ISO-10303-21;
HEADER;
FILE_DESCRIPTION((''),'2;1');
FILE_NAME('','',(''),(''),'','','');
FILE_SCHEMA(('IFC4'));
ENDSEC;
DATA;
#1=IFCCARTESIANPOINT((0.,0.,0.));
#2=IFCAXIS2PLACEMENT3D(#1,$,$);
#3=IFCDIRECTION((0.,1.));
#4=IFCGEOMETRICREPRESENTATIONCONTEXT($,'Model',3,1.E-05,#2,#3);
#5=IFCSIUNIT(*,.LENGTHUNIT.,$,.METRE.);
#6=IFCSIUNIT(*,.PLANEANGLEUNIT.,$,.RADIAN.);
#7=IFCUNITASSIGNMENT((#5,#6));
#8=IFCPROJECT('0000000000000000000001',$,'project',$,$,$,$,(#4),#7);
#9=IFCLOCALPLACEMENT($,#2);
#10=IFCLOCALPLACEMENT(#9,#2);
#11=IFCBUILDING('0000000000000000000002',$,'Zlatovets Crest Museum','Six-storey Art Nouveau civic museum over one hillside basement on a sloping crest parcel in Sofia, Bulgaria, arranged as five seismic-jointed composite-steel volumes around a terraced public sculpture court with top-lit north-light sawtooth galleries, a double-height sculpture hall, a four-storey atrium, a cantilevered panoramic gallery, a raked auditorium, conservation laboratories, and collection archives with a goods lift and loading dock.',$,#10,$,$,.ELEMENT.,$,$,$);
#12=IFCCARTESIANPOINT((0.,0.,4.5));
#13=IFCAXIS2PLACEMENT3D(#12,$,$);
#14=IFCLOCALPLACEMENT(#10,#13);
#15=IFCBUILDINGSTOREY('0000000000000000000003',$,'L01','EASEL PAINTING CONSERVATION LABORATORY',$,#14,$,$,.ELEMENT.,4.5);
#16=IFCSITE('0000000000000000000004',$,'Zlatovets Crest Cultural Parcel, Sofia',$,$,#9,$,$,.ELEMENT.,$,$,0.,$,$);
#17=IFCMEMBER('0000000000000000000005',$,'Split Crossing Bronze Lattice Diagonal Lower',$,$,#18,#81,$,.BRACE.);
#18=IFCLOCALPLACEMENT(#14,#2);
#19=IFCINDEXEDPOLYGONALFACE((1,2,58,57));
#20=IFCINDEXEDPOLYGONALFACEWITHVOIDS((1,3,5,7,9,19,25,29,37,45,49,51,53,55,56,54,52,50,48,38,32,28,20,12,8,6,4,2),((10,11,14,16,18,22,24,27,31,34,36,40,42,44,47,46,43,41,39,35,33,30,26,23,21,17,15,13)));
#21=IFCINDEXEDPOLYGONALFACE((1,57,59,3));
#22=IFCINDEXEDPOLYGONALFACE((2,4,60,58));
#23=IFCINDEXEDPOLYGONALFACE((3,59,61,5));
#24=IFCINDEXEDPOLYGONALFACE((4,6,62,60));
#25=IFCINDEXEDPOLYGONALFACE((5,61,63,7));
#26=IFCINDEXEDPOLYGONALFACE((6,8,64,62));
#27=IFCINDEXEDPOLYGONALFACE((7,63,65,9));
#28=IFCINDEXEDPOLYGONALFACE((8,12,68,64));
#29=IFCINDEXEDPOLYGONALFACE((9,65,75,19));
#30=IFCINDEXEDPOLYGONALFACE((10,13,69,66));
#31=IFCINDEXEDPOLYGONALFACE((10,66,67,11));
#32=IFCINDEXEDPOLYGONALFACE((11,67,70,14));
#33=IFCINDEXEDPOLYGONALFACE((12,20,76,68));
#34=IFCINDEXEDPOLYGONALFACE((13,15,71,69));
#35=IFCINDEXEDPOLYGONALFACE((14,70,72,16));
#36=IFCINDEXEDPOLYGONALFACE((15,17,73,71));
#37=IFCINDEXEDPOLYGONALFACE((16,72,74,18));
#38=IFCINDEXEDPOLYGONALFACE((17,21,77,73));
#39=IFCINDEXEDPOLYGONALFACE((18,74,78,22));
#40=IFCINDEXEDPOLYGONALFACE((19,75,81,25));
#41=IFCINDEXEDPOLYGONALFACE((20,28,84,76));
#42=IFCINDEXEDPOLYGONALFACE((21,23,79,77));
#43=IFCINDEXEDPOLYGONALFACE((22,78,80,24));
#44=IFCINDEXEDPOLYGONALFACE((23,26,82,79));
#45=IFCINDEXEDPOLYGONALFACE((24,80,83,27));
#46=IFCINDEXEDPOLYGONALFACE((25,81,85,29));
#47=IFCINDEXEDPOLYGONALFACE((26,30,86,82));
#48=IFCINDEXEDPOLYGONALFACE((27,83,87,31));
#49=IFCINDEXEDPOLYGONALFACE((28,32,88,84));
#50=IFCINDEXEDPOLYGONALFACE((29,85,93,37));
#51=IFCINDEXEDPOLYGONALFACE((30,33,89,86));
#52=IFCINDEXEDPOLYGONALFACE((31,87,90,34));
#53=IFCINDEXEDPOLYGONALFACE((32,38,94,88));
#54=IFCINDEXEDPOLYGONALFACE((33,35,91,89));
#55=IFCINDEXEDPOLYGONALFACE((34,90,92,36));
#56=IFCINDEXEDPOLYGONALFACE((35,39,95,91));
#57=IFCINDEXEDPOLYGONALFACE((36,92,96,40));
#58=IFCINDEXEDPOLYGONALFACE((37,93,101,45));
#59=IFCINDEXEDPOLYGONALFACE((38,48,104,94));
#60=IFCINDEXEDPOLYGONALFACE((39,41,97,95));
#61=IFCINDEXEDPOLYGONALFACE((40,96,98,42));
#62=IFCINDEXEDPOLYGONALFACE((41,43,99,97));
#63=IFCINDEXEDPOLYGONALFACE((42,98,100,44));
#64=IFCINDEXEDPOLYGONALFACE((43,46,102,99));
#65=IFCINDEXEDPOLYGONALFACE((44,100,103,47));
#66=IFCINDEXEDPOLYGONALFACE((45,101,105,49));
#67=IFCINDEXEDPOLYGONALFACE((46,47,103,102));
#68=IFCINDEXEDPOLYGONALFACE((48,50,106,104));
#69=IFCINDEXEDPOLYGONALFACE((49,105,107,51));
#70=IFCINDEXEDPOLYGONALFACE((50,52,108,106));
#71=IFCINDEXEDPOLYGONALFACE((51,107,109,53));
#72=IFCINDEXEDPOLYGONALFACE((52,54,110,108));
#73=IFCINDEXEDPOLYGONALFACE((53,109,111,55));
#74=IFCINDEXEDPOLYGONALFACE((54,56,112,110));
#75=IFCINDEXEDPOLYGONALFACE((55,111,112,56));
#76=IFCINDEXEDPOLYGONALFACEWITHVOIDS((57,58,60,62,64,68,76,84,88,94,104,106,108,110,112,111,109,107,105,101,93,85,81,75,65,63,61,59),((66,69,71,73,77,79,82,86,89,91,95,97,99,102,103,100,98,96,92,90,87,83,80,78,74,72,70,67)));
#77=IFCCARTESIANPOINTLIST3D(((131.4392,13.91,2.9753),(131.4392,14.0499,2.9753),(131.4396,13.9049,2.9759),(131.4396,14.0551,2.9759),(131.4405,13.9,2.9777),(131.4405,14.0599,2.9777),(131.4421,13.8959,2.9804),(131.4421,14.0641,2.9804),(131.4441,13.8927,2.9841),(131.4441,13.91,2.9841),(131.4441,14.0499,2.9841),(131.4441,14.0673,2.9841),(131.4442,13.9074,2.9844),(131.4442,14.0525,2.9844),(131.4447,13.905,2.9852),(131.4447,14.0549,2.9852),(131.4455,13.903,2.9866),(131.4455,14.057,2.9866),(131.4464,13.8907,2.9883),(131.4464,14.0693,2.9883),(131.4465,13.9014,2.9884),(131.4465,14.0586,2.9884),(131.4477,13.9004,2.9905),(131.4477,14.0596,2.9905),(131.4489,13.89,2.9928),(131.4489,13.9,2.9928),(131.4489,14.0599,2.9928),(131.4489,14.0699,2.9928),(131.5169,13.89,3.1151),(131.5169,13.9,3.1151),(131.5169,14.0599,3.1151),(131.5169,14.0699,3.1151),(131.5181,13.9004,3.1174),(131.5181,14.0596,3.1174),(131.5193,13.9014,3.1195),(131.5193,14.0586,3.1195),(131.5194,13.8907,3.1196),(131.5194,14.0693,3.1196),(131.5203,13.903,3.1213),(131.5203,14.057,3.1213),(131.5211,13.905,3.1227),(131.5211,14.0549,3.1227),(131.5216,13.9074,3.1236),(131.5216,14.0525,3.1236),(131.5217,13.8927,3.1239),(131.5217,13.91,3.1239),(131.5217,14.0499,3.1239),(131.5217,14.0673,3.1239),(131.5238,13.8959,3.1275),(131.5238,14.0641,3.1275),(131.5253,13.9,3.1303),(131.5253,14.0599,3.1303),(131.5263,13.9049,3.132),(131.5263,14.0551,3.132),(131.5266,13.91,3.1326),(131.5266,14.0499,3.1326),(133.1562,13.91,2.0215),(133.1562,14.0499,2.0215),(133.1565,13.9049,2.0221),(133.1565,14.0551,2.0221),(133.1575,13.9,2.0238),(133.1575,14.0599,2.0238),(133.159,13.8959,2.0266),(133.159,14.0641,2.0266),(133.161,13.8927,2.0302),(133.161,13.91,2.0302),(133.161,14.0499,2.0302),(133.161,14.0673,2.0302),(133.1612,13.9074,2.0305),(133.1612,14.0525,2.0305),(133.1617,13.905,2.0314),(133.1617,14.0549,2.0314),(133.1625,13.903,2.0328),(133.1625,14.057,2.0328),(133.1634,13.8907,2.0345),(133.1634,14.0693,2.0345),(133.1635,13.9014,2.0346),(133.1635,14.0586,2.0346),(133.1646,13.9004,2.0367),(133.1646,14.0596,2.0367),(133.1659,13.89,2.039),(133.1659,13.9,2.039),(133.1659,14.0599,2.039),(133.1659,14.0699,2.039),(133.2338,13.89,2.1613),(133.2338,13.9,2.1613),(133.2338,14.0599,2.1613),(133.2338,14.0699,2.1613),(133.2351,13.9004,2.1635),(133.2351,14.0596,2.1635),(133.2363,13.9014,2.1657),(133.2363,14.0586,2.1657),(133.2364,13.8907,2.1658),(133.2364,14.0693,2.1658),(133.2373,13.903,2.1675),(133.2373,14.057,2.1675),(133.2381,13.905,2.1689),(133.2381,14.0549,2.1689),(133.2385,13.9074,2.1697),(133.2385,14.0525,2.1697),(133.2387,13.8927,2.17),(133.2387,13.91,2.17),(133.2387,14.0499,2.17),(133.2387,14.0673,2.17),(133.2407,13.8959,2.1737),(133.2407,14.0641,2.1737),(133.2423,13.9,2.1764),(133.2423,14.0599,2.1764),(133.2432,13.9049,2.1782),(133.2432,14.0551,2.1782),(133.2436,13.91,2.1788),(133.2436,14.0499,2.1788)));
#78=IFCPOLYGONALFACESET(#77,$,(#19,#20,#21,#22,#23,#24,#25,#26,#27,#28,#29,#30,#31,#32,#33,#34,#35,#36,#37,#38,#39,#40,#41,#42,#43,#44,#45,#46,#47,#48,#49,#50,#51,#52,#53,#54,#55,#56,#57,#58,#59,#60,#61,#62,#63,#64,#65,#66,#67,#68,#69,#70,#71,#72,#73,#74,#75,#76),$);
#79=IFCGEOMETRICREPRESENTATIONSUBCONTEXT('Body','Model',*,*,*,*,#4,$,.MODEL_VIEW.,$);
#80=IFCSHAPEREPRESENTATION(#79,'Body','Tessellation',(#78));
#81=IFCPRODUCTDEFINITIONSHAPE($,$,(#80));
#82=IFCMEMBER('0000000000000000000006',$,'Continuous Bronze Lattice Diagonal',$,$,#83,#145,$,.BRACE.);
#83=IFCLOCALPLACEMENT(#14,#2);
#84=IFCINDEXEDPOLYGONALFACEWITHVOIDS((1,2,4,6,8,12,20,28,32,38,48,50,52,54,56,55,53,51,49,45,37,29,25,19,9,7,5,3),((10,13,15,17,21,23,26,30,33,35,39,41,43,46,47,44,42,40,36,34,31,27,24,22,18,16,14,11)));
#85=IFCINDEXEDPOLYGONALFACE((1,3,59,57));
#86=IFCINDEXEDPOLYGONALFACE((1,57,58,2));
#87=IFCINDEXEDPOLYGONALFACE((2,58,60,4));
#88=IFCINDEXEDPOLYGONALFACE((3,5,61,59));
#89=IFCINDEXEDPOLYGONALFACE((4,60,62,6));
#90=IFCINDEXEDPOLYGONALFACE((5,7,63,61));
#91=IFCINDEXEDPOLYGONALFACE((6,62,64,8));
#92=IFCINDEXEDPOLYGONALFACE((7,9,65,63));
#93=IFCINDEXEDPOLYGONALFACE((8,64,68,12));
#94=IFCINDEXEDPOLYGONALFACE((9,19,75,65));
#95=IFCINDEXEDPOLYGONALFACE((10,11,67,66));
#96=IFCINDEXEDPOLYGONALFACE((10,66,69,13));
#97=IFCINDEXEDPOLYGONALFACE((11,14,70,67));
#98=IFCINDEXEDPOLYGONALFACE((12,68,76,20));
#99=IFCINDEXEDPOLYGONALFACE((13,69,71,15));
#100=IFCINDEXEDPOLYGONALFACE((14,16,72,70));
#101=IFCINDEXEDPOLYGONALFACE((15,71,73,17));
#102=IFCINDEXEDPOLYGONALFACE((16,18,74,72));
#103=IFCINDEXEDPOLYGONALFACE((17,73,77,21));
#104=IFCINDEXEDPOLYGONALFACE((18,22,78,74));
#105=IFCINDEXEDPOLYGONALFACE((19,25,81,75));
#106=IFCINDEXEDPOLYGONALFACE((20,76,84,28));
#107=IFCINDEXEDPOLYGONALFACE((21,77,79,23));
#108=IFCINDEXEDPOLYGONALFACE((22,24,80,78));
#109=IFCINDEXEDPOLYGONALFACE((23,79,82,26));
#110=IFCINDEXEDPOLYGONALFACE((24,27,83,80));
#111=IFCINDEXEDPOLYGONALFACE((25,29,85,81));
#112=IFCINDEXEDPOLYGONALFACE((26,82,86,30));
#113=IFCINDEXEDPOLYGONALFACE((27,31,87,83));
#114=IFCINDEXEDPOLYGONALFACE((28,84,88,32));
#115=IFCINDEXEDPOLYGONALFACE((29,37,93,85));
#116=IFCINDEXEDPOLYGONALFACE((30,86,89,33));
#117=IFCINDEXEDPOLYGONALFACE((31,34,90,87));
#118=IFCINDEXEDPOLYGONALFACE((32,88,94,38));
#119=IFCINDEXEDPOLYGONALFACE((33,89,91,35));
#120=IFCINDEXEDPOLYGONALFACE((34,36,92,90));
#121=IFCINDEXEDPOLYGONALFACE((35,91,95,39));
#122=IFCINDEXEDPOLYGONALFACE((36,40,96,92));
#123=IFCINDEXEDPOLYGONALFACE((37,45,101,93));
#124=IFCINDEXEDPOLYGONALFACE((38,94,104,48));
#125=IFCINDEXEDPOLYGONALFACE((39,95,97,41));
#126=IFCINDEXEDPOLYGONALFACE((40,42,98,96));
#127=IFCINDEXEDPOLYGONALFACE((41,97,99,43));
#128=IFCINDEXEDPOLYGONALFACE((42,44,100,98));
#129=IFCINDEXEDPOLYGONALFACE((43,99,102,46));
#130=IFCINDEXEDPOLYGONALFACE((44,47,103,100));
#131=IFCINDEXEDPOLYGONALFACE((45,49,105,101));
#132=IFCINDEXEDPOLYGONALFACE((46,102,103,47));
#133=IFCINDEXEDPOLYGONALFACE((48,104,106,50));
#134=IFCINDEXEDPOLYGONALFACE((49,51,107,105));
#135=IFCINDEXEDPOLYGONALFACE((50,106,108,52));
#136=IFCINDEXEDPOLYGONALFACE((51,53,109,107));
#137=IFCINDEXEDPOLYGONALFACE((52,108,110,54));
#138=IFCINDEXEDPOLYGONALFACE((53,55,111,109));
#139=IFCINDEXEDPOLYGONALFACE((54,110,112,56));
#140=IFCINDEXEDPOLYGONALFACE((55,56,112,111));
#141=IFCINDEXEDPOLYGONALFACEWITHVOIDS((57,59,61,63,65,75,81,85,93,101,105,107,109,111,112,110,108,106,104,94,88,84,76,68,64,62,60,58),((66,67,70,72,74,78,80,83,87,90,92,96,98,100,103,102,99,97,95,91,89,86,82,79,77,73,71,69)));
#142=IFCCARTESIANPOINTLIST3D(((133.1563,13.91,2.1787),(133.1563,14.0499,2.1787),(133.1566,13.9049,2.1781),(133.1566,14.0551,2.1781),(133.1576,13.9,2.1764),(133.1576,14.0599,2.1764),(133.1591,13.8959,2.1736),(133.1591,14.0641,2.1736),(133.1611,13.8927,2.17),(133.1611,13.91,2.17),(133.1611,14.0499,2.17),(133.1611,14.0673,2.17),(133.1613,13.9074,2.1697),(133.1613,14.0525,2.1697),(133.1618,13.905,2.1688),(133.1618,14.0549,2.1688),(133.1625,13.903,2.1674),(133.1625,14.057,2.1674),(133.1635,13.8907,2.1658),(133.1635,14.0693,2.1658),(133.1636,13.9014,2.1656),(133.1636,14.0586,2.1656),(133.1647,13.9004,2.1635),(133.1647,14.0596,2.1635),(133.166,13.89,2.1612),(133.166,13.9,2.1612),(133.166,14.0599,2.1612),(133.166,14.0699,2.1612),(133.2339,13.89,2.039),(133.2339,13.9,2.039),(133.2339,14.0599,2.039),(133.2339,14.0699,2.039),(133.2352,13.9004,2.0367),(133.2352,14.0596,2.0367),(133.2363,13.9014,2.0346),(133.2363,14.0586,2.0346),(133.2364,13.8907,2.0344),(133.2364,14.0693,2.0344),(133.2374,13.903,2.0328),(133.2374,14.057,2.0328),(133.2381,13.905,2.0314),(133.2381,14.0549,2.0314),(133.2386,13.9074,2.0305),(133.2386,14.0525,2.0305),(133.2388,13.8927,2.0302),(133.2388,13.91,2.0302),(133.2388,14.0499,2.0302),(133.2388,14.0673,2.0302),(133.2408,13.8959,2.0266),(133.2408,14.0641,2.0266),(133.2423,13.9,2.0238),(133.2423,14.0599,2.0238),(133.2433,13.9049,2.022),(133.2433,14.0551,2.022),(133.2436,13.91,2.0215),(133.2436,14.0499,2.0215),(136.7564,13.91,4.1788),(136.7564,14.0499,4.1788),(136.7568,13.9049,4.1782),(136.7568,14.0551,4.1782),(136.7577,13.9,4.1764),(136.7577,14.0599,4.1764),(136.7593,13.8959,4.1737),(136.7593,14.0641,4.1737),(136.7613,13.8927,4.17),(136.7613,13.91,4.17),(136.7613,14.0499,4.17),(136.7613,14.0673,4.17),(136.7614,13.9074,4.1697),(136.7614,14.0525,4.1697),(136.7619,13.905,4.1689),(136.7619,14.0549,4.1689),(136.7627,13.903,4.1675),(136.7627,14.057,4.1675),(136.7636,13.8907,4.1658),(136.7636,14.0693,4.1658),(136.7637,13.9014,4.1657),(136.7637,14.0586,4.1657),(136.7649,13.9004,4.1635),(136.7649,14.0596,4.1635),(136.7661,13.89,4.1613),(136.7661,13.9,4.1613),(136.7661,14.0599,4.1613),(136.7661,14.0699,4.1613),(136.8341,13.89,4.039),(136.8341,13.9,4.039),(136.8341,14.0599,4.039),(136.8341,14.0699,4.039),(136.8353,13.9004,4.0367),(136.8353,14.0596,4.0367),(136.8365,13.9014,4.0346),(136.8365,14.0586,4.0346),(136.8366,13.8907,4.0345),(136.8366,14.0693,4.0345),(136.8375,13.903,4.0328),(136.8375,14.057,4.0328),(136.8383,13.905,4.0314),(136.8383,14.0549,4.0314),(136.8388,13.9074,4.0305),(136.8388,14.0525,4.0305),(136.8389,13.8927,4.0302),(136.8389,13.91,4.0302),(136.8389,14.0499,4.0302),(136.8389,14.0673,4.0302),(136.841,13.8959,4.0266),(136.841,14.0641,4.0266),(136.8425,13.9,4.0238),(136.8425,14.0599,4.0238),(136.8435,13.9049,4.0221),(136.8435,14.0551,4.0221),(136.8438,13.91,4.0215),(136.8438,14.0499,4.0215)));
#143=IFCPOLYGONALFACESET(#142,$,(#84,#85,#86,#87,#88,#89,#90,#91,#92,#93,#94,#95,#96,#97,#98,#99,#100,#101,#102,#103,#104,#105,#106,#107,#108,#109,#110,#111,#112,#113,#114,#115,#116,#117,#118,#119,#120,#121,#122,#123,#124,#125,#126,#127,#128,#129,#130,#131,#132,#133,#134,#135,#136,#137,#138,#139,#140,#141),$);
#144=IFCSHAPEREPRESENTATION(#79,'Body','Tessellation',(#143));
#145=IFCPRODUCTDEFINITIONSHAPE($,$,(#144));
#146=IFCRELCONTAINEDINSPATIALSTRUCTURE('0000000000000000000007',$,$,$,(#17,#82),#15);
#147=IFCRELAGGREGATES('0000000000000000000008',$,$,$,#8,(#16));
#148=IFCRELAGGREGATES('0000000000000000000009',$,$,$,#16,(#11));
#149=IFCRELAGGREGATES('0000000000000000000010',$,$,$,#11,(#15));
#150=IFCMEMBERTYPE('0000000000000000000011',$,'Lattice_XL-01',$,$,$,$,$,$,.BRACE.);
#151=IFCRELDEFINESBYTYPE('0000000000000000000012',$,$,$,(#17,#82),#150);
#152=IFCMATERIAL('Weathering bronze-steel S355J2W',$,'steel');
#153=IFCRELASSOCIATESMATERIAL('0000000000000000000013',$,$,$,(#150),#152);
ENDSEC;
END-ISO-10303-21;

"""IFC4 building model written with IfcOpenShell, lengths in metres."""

from ifc_helpers import new_model, si_unit, direction, frame, origin, origin_2d, place, context, subcontext, project, spatial, hollow_rectangle, extrude, material, material_profile, profile_set, type_object, element, save


model = new_model("IFC4")

# Units and contexts
model_context = context("Model", 3, precision=1e-05, world=origin(), true_north=direction((0.0, 1.0)))
body_context = subcontext(model_context, "Body", "Model", "MODEL_VIEW")
ifc_project = project(units=[si_unit("LENGTHUNIT", "METRE"), si_unit("PLANEANGLEUNIT", "RADIAN")], contexts=[model_context])

# Site, building, storey
site_placement = place(None, origin())
site = spatial("IfcSite", under=ifc_project, at=site_placement, Name="Zlatovets Crest Cultural Parcel, Sofia", CompositionType="ELEMENT", RefElevation=0.0)
building_placement = place(site_placement, origin())
building = spatial("IfcBuilding", under=site, at=building_placement, Name="Zlatovets Crest Museum", Description="Six-storey Art Nouveau civic museum over one hillside basement on a sloping crest parcel in Sofia, Bulgaria, arranged as five seismic-jointed composite-steel volumes around a terraced public sculpture court with top-lit north-light sawtooth galleries, a double-height sculpture hall, a four-storey atrium, a cantilevered panoramic gallery, a raked auditorium, conservation laboratories, and collection archives with a goods lift and loading dock.", CompositionType="ELEMENT")
storey_placement = place(building_placement, frame((0.0, 0.0, 4.5)))
storey = spatial("IfcBuildingStorey", under=building, at=storey_placement, Name="L01", Description="EASEL PAINTING CONSERVATION LABORATORY", CompositionType="ELEMENT", Elevation=4.5)

# Members
ifc_material_1 = material(Name="Weathering bronze-steel S355J2W", Category="steel")
ifc_material_profile_1 = material_profile(ifc_material_1, hollow_rectangle(XDim=0.1799, YDim=0.1799, WallThickness=0.01, InnerFilletRadius=0.01, OuterFilletRadius=0.02, at=origin_2d()), Name="SHS 180x180x10.0")
ifc_profile_set_1 = profile_set([ifc_material_profile_1], Name="Weathering bronze-steel S355J2W")
member_type_1 = type_object("IfcMemberType", Name="Lattice_XL-01", PredefinedType="BRACE", material=ifc_profile_set_1)
for number, where, z_axis, x_axis, name in (
    (1, (131.4829, 13.98, 3.054), (0.874169, 0.0, -0.485622), (0.0, 1.0, 0.0), "Split Crossing Bronze Lattice Diagonal Lower"),
):
    element("IfcMember", number, at=place(storey_placement, frame(where, z_axis=z_axis, x_axis=x_axis)), inside=storey, type_object=member_type_1, Name=name, PredefinedType="BRACE", context=body_context, shape_type="SweptSolid", body=[
        extrude(hollow_rectangle(XDim=0.1799, YDim=0.1799, WallThickness=0.01, InnerFilletRadius=0.01, OuterFilletRadius=0.02, at=origin_2d()), origin(), (0.0, 0.0, 1.0), 1.9641),
    ])
member_1_placement = place(storey_placement, frame((133.2, 13.98, 2.1001), z_axis=(0.874163, 0.0, 0.485633), x_axis=(0.0, 1.0, 0.0)))
element("IfcMember", 2, at=member_1_placement, inside=storey, type_object=member_type_1, Name="Continuous Bronze Lattice Diagonal", PredefinedType="BRACE", context=body_context, shape_type="SweptSolid", body=[
    extrude(hollow_rectangle(XDim=0.1799, YDim=0.1799, WallThickness=0.01, InnerFilletRadius=0.01, OuterFilletRadius=0.02, at=origin_2d()), origin(), (0.0, 0.0, 1.0), 4.1184),
])

save(model, "model.ifc")
